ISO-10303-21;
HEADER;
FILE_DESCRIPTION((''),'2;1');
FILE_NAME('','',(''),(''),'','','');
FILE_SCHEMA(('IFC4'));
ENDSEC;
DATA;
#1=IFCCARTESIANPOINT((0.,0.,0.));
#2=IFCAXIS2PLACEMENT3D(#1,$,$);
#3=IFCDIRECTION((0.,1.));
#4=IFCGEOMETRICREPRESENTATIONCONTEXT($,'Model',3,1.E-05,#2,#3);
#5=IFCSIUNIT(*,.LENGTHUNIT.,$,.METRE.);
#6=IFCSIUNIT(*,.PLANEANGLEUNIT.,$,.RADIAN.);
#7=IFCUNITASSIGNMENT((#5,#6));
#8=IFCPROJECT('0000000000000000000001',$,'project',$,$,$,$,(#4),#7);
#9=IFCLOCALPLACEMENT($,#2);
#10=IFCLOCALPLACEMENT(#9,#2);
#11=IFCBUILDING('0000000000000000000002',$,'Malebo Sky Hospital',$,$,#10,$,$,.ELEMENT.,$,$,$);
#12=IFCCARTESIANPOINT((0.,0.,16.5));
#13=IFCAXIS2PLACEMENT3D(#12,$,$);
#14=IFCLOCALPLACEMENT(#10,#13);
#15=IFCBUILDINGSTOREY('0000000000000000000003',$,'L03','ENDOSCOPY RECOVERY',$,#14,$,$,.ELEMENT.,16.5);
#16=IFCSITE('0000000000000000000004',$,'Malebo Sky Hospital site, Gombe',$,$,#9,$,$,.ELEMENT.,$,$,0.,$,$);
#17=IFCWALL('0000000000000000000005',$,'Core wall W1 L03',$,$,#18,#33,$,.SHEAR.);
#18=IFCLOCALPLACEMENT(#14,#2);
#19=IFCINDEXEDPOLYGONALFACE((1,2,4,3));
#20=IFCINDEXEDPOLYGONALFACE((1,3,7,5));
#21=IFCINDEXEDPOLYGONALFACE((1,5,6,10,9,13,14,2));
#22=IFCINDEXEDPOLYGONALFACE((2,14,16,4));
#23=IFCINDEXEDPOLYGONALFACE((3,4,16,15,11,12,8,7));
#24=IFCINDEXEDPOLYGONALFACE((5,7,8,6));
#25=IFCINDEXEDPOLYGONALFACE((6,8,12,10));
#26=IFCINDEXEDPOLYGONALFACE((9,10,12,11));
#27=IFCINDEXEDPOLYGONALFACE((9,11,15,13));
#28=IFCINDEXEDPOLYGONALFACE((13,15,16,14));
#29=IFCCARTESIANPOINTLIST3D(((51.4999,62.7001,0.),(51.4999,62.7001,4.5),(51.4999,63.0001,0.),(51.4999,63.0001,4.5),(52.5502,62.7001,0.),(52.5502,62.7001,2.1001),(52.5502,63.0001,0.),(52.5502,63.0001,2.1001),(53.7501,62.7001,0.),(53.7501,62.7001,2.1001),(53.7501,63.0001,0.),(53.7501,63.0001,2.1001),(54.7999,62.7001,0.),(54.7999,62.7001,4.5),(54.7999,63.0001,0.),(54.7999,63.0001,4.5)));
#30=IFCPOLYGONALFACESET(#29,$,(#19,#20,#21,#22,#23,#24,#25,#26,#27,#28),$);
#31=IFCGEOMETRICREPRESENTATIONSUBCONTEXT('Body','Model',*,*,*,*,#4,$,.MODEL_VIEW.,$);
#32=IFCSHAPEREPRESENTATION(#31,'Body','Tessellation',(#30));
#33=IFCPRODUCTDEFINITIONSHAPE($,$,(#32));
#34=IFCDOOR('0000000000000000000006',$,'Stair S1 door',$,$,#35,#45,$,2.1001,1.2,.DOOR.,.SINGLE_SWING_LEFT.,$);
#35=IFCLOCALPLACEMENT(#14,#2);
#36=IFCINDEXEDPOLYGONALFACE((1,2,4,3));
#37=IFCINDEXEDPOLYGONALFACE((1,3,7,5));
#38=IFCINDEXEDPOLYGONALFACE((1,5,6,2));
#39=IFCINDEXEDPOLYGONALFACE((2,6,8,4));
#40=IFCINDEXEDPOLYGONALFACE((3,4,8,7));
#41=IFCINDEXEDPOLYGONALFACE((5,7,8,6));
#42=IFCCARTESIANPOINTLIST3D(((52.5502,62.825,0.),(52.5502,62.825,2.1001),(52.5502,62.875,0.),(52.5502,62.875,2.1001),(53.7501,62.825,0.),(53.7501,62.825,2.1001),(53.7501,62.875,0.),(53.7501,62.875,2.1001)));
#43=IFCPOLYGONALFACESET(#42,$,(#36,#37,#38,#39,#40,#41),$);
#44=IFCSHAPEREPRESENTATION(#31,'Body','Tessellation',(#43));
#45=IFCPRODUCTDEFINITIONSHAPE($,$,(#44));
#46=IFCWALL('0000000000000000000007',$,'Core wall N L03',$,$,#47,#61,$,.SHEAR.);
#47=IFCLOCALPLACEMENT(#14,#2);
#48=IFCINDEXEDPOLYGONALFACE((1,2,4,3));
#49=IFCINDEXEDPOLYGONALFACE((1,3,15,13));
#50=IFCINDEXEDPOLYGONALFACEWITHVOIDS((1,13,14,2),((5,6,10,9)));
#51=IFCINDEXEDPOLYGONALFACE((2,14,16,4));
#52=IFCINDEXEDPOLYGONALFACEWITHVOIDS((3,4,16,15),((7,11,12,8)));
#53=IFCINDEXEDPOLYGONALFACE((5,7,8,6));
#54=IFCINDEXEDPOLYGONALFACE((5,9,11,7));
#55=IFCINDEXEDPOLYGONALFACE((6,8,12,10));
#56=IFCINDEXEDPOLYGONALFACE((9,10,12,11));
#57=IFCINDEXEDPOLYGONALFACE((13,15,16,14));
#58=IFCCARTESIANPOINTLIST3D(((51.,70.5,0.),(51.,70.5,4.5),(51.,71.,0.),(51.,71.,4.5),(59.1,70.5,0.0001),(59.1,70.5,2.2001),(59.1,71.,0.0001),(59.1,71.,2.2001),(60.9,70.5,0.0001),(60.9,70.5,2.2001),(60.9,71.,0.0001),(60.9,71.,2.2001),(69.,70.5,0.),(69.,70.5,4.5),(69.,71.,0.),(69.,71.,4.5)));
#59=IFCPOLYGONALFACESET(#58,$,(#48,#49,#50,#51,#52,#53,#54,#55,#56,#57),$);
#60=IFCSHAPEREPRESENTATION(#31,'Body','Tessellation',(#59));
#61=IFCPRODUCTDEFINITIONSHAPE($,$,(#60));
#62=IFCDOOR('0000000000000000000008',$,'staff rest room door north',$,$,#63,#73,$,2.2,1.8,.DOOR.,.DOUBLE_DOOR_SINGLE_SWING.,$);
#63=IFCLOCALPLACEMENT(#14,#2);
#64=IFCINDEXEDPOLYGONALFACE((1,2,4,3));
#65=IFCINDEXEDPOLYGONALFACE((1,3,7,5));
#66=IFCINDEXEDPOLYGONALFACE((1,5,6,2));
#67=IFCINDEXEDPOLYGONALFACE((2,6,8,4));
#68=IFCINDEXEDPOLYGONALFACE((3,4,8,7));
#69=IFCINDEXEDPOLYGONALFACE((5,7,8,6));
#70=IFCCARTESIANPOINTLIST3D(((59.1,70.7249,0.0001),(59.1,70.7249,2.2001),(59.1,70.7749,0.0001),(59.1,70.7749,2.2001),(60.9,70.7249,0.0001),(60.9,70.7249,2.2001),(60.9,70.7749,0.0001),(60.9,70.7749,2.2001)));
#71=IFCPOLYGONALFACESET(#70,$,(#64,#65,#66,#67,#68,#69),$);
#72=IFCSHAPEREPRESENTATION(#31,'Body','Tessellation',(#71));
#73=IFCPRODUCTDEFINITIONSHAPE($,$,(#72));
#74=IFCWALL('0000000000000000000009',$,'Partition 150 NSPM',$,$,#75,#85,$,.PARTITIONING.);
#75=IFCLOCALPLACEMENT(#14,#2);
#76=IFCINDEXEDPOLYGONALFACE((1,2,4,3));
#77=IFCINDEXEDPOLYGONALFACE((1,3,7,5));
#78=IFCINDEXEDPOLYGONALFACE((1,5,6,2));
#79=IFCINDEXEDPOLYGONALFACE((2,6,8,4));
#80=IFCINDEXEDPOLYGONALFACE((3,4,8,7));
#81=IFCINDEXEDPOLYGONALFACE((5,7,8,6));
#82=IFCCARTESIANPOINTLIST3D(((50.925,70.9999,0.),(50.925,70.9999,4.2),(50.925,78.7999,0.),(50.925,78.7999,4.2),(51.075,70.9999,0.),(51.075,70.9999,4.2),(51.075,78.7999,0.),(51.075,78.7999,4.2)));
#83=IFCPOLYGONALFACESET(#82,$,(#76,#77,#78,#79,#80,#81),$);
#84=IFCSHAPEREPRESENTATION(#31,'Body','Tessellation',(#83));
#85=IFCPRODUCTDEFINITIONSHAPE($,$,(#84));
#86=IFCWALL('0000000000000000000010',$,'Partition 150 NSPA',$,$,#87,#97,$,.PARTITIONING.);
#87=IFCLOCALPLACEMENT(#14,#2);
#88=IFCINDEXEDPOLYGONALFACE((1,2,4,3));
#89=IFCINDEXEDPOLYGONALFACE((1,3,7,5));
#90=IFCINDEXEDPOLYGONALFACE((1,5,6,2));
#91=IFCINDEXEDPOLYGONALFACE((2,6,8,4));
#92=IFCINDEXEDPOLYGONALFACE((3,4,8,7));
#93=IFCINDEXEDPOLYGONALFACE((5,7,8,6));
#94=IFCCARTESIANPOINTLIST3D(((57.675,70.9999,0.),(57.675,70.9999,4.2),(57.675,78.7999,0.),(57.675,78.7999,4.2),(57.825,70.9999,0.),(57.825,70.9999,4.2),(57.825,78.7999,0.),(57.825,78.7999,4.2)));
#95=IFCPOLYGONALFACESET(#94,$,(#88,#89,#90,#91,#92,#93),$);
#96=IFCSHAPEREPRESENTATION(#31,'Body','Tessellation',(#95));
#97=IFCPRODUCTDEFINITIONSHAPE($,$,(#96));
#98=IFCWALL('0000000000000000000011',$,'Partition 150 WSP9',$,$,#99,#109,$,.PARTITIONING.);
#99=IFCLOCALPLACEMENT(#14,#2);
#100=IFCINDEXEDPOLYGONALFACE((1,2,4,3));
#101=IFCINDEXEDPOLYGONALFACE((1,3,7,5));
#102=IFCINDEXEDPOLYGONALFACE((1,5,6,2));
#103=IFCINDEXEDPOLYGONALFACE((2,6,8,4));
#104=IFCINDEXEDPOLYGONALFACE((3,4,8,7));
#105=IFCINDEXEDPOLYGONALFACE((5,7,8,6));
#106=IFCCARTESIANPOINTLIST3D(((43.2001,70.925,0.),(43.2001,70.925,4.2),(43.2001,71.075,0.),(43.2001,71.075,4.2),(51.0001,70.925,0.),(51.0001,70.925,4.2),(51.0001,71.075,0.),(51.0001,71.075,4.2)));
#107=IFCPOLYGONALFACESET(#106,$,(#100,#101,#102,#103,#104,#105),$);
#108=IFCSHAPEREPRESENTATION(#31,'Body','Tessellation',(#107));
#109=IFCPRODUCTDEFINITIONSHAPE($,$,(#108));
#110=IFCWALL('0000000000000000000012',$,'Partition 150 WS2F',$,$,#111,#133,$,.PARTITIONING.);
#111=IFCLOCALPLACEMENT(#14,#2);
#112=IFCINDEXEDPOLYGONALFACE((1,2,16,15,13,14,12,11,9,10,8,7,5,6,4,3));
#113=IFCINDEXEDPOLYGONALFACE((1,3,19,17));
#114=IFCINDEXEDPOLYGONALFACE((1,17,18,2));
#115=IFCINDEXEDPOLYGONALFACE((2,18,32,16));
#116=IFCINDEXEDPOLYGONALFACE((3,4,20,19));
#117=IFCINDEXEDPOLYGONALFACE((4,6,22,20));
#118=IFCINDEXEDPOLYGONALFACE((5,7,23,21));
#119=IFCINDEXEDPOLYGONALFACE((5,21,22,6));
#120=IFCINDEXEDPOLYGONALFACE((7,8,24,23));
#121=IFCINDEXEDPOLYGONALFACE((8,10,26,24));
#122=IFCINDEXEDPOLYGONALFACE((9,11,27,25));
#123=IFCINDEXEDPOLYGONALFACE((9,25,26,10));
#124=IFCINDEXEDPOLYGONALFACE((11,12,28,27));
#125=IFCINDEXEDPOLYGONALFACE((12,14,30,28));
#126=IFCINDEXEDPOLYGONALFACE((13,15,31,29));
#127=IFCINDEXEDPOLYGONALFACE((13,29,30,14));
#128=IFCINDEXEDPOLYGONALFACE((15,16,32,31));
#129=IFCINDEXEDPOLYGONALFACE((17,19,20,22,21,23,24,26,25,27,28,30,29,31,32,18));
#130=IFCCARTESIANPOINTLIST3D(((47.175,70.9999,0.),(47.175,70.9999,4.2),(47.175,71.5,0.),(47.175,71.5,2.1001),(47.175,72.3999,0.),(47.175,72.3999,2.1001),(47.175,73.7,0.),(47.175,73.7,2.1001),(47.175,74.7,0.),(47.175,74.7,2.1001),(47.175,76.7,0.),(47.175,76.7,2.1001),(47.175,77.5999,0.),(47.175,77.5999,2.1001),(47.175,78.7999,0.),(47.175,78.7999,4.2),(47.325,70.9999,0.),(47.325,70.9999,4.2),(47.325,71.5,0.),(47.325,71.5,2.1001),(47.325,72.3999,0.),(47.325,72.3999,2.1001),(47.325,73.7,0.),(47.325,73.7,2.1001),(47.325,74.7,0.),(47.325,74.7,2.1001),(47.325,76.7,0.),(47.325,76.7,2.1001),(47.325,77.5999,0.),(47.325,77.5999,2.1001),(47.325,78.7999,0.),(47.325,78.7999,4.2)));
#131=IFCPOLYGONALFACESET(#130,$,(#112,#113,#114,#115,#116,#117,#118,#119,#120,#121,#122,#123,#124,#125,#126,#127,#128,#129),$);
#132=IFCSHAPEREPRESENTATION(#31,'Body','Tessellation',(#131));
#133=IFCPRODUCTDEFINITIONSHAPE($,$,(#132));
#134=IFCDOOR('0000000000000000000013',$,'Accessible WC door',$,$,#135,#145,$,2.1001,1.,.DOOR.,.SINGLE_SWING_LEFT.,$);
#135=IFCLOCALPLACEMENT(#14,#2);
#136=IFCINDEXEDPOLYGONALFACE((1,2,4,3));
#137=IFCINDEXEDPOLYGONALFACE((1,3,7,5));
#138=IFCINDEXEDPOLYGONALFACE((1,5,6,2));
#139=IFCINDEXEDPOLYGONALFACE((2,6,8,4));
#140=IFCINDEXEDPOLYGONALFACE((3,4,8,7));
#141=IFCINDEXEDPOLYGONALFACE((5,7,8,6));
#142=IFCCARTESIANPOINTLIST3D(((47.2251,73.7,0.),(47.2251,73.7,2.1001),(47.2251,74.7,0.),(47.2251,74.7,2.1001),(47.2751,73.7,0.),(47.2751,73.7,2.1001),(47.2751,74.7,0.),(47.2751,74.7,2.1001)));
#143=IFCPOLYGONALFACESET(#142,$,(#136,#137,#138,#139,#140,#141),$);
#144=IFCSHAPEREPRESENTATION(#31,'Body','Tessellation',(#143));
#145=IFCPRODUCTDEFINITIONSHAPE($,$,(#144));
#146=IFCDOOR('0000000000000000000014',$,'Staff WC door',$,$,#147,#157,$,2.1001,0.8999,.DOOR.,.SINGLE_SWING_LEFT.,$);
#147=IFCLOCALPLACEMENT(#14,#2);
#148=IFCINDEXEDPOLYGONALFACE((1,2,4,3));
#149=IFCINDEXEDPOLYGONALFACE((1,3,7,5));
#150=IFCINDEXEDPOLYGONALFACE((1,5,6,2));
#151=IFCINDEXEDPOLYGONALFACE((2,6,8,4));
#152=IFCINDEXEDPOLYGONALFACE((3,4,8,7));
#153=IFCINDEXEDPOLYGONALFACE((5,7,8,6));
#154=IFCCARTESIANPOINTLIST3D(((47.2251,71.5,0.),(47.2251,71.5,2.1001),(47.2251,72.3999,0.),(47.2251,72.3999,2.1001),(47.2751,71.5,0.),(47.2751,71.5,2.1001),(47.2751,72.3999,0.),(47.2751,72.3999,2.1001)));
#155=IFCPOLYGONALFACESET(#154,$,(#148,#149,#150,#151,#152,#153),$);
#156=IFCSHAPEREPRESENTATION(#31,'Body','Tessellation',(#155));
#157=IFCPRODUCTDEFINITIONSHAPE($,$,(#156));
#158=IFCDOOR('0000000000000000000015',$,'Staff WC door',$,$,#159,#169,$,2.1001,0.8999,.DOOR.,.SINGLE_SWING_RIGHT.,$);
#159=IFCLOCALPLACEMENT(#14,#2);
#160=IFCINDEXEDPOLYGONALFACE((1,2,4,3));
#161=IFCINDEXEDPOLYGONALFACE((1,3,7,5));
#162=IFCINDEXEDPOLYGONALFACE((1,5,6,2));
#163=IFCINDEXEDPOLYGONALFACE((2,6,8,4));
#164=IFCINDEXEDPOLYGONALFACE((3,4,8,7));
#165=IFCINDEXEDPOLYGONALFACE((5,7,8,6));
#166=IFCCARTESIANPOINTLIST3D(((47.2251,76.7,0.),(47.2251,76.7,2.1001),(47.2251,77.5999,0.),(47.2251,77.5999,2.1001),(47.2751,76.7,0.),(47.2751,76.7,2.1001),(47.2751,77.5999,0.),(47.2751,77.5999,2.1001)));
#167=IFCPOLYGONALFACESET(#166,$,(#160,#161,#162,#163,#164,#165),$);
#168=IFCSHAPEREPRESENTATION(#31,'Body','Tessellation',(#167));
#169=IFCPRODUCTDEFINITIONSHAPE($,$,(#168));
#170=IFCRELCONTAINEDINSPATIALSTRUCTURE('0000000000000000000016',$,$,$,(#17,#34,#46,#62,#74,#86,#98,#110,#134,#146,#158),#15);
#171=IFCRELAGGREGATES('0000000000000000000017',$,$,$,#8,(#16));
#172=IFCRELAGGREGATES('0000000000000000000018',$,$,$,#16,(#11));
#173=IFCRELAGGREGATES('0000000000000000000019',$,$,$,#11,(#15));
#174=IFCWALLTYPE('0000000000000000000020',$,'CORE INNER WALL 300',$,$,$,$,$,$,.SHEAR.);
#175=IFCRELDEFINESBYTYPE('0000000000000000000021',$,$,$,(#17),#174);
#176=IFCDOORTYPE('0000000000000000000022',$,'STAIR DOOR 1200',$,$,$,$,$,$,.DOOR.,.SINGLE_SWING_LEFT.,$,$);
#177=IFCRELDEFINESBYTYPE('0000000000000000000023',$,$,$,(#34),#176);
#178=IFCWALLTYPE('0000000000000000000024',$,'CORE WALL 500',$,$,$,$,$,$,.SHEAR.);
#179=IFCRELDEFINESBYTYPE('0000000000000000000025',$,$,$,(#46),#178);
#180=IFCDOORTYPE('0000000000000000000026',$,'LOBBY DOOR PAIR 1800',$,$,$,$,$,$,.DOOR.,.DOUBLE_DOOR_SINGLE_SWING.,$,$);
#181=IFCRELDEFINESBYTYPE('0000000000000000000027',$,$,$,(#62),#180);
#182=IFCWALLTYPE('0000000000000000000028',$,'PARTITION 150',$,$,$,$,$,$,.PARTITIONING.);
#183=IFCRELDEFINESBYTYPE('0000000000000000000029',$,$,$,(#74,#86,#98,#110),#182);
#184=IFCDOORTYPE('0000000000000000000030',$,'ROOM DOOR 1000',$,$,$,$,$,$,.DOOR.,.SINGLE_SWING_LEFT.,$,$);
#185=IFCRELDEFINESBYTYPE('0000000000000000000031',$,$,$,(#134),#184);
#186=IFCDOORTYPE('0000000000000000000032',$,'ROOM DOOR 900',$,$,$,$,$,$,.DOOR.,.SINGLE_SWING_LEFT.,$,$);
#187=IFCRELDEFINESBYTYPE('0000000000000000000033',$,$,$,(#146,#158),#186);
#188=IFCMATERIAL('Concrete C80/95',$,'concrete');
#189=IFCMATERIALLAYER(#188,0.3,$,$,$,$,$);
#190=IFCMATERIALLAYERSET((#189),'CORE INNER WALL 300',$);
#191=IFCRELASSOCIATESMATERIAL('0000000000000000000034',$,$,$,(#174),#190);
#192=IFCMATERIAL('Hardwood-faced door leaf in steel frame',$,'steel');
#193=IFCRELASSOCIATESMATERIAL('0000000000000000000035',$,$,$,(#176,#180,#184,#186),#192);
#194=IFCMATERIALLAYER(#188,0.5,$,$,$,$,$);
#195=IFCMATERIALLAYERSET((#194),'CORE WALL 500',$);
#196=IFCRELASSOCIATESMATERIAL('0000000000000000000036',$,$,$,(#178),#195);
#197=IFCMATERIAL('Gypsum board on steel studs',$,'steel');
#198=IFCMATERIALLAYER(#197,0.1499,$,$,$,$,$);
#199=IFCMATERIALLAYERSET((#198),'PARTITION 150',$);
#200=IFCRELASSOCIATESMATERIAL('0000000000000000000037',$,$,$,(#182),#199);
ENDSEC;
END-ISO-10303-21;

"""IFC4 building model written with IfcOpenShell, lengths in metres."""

from ifc_helpers import new_model, si_unit, direction, frame, frame_2d, origin, place, context, subcontext, project, spatial, rectangle, extrude, material, layer, layer_set, type_object, element, fill, save


model = new_model("IFC4")

# Units and contexts
model_context = context("Model", 3, precision=1e-05, world=origin(), true_north=direction((0.0, 1.0)))
body_context = subcontext(model_context, "Body", "Model", "MODEL_VIEW")
ifc_project = project(units=[si_unit("LENGTHUNIT", "METRE"), si_unit("PLANEANGLEUNIT", "RADIAN")], contexts=[model_context])

# Site, building, storey
site_placement = place(None, origin())
site = spatial("IfcSite", under=ifc_project, at=site_placement, Name="Malebo Sky Hospital site, Gombe", CompositionType="ELEMENT", RefElevation=0.0)
building_placement = place(site_placement, origin())
building = spatial("IfcBuilding", under=site, at=building_placement, Name="Malebo Sky Hospital", CompositionType="ELEMENT")
storey_placement = place(building_placement, frame((0.0, 0.0, 16.5)))
storey = spatial("IfcBuildingStorey", under=building, at=storey_placement, Name="L03", Description="ENDOSCOPY RECOVERY", CompositionType="ELEMENT", Elevation=16.5)

# Shared definitions
ifc_material_1 = material(Name="Concrete C80/95", Category="concrete")

# Walls, openings, doors
ifc_layer_1 = layer(ifc_material_1, 0.3)
ifc_layer_set_1 = layer_set([ifc_layer_1], Name="CORE INNER WALL 300")
wall_type_1 = type_object("IfcWallType", Name="CORE INNER WALL 300", PredefinedType="SHEAR", material=ifc_layer_set_1)
wall_1_placement = place(storey_placement, frame((51.5, 62.8501, 0.0), z_axis=(0.0, 0.0, 1.0), x_axis=(1.0, 0.0, 0.0)))
wall_1 = element("IfcWall", 1, at=wall_1_placement, inside=storey, type_object=wall_type_1, Name="Core wall W1 L03", PredefinedType="SHEAR", context=body_context, shape_type="SweptSolid", body=[
    extrude(rectangle(XDim=3.3, YDim=0.3, at=frame_2d((1.6499, 0.0))), origin(), (0.0, 0.0, 1.0), 4.5),
])
opening_1_placement = place(wall_1_placement, frame((1.05, 0.0, 0.0)))
opening_1 = element("IfcOpeningElement", 2, at=opening_1_placement, cuts=wall_1, PredefinedType="OPENING", context=body_context, shape_type="SweptSolid", body=[
    extrude(rectangle(XDim=1.2, YDim=2.1001, at=frame_2d((0.6001, 1.05))), frame((0.0, 0.1599, 0.0), z_axis=(0.0, -1.0, 0.0), x_axis=(1.0, 0.0, 0.0)), (0.0, 0.0, 1.0), 0.3201),
])
ifc_material_2 = material(Name="Hardwood-faced door leaf in steel frame", Category="steel")
door_type_1 = type_object("IfcDoorType", Name="STAIR DOOR 1200", OperationType="SINGLE_SWING_LEFT", PredefinedType="DOOR", material=ifc_material_2)
door_1_placement = place(opening_1_placement, origin())
door_1 = element("IfcDoor", 3, at=door_1_placement, inside=storey, type_object=door_type_1, Name="Stair S1 door", OperationType="SINGLE_SWING_LEFT", OverallHeight=2.1001, OverallWidth=1.2, PredefinedType="DOOR", context=body_context, shape_type="SweptSolid", body=[
    extrude(rectangle(XDim=1.2, YDim=2.1001, at=frame_2d((0.6001, 1.05))), frame((0.0, 0.0249, 0.0), z_axis=(0.0, -1.0, 0.0), x_axis=(1.0, 0.0, 0.0)), (0.0, 0.0, 1.0), 0.05),
])
fill(opening_1, door_1)
ifc_layer_2 = layer(ifc_material_1, 0.5)
ifc_layer_set_2 = layer_set([ifc_layer_2], Name="CORE WALL 500")
wall_type_2 = type_object("IfcWallType", Name="CORE WALL 500", PredefinedType="SHEAR", material=ifc_layer_set_2)
wall_2_placement = place(storey_placement, frame((51.0, 70.75, 0.0), z_axis=(0.0, 0.0, 1.0), x_axis=(1.0, 0.0, 0.0)))
wall_2 = element("IfcWall", 4, at=wall_2_placement, inside=storey, type_object=wall_type_2, Name="Core wall N L03", PredefinedType="SHEAR", context=body_context, shape_type="SweptSolid", body=[
    extrude(rectangle(XDim=18.0, YDim=0.5, at=frame_2d((9.0, 0.0))), origin(), (0.0, 0.0, 1.0), 4.5),
])
opening_2_placement = place(wall_2_placement, frame((8.1001, 0.0, 0.0)))
opening_2 = element("IfcOpeningElement", 5, at=opening_2_placement, cuts=wall_2, PredefinedType="OPENING", context=body_context, shape_type="SweptSolid", body=[
    extrude(rectangle(XDim=1.8, YDim=2.2, at=frame_2d((0.8999, 1.1001))), frame((0.0, 0.26, 0.0), z_axis=(0.0, -1.0, 0.0), x_axis=(1.0, 0.0, 0.0)), (0.0, 0.0, 1.0), 0.52),
])
door_type_2 = type_object("IfcDoorType", Name="LOBBY DOOR PAIR 1800", OperationType="DOUBLE_DOOR_SINGLE_SWING", PredefinedType="DOOR", material=ifc_material_2)
door_2_placement = place(opening_2_placement, origin())
door_2 = element("IfcDoor", 6, at=door_2_placement, inside=storey, type_object=door_type_2, Name="staff rest room door north", OperationType="DOUBLE_DOOR_SINGLE_SWING", OverallHeight=2.2, OverallWidth=1.8, PredefinedType="DOOR", context=body_context, shape_type="SweptSolid", body=[
    extrude(rectangle(XDim=1.8, YDim=2.2, at=frame_2d((0.8999, 1.1001))), frame((0.0, 0.0249, 0.0), z_axis=(0.0, -1.0, 0.0), x_axis=(1.0, 0.0, 0.0)), (0.0, 0.0, 1.0), 0.05),
])
fill(opening_2, door_2)

# Walls
ifc_material_3 = material(Name="Gypsum board on steel studs", Category="steel")
ifc_layer_3 = layer(ifc_material_3, 0.1499)
ifc_layer_set_3 = layer_set([ifc_layer_3], Name="PARTITION 150")
wall_type_3 = type_object("IfcWallType", Name="PARTITION 150", PredefinedType="PARTITIONING", material=ifc_layer_set_3)
for number, where, z_axis, x_axis, name in (
    (7, (51.0, 71.0, 0.0), (0.0, 0.0, 1.0), (0.0, 1.0, 0.0), "Partition 150 NSPM"),
    (8, (57.75, 71.0, 0.0), (0.0, 0.0, 1.0), (0.0, 1.0, 0.0), "Partition 150 NSPA"),
    (9, (51.0, 71.0, 0.0), (0.0, 0.0, 1.0), (-1.0, 0.0, 0.0), "Partition 150 WSP9"),
):
    element("IfcWall", number, at=place(storey_placement, frame(where, z_axis=z_axis, x_axis=x_axis)), inside=storey, type_object=wall_type_3, Name=name, PredefinedType="PARTITIONING", context=body_context, shape_type="SweptSolid", body=[
        extrude(rectangle(XDim=7.8, YDim=0.1499, at=frame_2d((3.8999, 0.0))), origin(), (0.0, 0.0, 1.0), 4.2),
    ])

# Wall, openings, doors
wall_3_placement = place(storey_placement, frame((47.25, 71.0, 0.0), z_axis=(0.0, 0.0, 1.0), x_axis=(0.0, 1.0, 0.0)))
wall_3 = element("IfcWall", 10, at=wall_3_placement, inside=storey, type_object=wall_type_3, Name="Partition 150 WS2F", PredefinedType="PARTITIONING", context=body_context, shape_type="SweptSolid", body=[
    extrude(rectangle(XDim=7.8, YDim=0.1499, at=frame_2d((3.8999, 0.0))), origin(), (0.0, 0.0, 1.0), 4.2),
])
opening_3_placement = place(wall_3_placement, frame((0.5, 0.0, 0.0)))
opening_3 = element("IfcOpeningElement", 11, at=opening_3_placement, cuts=wall_3, PredefinedType="OPENING", context=body_context, shape_type="SweptSolid", body=[
    extrude(rectangle(XDim=0.8999, YDim=2.1001, at=frame_2d((0.45, 1.05))), frame((0.0, 0.085, 0.0), z_axis=(0.0, -1.0, 0.0), x_axis=(1.0, 0.0, 0.0)), (0.0, 0.0, 1.0), 0.1699),
])
opening_4_placement = place(wall_3_placement, frame((2.7, 0.0, 0.0)))
opening_4 = element("IfcOpeningElement", 12, at=opening_4_placement, cuts=wall_3, PredefinedType="OPENING", context=body_context, shape_type="SweptSolid", body=[
    extrude(rectangle(XDim=1.0, YDim=2.1001, at=frame_2d((0.5, 1.05))), frame((0.0, 0.085, 0.0), z_axis=(0.0, -1.0, 0.0), x_axis=(1.0, 0.0, 0.0)), (0.0, 0.0, 1.0), 0.1699),
])
opening_5_placement = place(wall_3_placement, frame((5.7, 0.0, 0.0)))
opening_5 = element("IfcOpeningElement", 13, at=opening_5_placement, cuts=wall_3, PredefinedType="OPENING", context=body_context, shape_type="SweptSolid", body=[
    extrude(rectangle(XDim=0.8999, YDim=2.1001, at=frame_2d((0.45, 1.05))), frame((0.0, 0.085, 0.0), z_axis=(0.0, -1.0, 0.0), x_axis=(1.0, 0.0, 0.0)), (0.0, 0.0, 1.0), 0.1699),
])
door_type_3 = type_object("IfcDoorType", Name="ROOM DOOR 1000", OperationType="SINGLE_SWING_LEFT", PredefinedType="DOOR", material=ifc_material_2)
door_3_placement = place(opening_4_placement, origin())
door_3 = element("IfcDoor", 14, at=door_3_placement, inside=storey, type_object=door_type_3, Name="Accessible WC door", OperationType="SINGLE_SWING_LEFT", OverallHeight=2.1001, OverallWidth=1.0, PredefinedType="DOOR", context=body_context, shape_type="SweptSolid", body=[
    extrude(rectangle(XDim=1.0, YDim=2.1001, at=frame_2d((0.5, 1.05))), frame((0.0, 0.0249, 0.0), z_axis=(0.0, -1.0, 0.0), x_axis=(1.0, 0.0, 0.0)), (0.0, 0.0, 1.0), 0.05),
])
fill(opening_4, door_3)
door_type_4 = type_object("IfcDoorType", Name="ROOM DOOR 900", OperationType="SINGLE_SWING_LEFT", PredefinedType="DOOR", material=ifc_material_2)
door_4_placement = place(opening_3_placement, origin())
door_4 = element("IfcDoor", 15, at=door_4_placement, inside=storey, type_object=door_type_4, Name="Staff WC door", OperationType="SINGLE_SWING_LEFT", OverallHeight=2.1001, OverallWidth=0.8999, PredefinedType="DOOR", context=body_context, shape_type="SweptSolid", body=[
    extrude(rectangle(XDim=0.8999, YDim=2.1001, at=frame_2d((0.45, 1.05))), frame((0.0, 0.0249, 0.0), z_axis=(0.0, -1.0, 0.0), x_axis=(1.0, 0.0, 0.0)), (0.0, 0.0, 1.0), 0.05),
])
fill(opening_3, door_4)
door_5_placement = place(opening_5_placement, origin())
door_5 = element("IfcDoor", 16, at=door_5_placement, inside=storey, type_object=door_type_4, Name="Staff WC door", OperationType="SINGLE_SWING_RIGHT", OverallHeight=2.1001, OverallWidth=0.8999, PredefinedType="DOOR", context=body_context, shape_type="SweptSolid", body=[
    extrude(rectangle(XDim=0.8999, YDim=2.1001, at=frame_2d((0.45, 1.05))), frame((0.0, 0.0249, 0.0), z_axis=(0.0, -1.0, 0.0), x_axis=(1.0, 0.0, 0.0)), (0.0, 0.0, 1.0), 0.05),
])
fill(opening_5, door_5)

save(model, "model.ifc")
